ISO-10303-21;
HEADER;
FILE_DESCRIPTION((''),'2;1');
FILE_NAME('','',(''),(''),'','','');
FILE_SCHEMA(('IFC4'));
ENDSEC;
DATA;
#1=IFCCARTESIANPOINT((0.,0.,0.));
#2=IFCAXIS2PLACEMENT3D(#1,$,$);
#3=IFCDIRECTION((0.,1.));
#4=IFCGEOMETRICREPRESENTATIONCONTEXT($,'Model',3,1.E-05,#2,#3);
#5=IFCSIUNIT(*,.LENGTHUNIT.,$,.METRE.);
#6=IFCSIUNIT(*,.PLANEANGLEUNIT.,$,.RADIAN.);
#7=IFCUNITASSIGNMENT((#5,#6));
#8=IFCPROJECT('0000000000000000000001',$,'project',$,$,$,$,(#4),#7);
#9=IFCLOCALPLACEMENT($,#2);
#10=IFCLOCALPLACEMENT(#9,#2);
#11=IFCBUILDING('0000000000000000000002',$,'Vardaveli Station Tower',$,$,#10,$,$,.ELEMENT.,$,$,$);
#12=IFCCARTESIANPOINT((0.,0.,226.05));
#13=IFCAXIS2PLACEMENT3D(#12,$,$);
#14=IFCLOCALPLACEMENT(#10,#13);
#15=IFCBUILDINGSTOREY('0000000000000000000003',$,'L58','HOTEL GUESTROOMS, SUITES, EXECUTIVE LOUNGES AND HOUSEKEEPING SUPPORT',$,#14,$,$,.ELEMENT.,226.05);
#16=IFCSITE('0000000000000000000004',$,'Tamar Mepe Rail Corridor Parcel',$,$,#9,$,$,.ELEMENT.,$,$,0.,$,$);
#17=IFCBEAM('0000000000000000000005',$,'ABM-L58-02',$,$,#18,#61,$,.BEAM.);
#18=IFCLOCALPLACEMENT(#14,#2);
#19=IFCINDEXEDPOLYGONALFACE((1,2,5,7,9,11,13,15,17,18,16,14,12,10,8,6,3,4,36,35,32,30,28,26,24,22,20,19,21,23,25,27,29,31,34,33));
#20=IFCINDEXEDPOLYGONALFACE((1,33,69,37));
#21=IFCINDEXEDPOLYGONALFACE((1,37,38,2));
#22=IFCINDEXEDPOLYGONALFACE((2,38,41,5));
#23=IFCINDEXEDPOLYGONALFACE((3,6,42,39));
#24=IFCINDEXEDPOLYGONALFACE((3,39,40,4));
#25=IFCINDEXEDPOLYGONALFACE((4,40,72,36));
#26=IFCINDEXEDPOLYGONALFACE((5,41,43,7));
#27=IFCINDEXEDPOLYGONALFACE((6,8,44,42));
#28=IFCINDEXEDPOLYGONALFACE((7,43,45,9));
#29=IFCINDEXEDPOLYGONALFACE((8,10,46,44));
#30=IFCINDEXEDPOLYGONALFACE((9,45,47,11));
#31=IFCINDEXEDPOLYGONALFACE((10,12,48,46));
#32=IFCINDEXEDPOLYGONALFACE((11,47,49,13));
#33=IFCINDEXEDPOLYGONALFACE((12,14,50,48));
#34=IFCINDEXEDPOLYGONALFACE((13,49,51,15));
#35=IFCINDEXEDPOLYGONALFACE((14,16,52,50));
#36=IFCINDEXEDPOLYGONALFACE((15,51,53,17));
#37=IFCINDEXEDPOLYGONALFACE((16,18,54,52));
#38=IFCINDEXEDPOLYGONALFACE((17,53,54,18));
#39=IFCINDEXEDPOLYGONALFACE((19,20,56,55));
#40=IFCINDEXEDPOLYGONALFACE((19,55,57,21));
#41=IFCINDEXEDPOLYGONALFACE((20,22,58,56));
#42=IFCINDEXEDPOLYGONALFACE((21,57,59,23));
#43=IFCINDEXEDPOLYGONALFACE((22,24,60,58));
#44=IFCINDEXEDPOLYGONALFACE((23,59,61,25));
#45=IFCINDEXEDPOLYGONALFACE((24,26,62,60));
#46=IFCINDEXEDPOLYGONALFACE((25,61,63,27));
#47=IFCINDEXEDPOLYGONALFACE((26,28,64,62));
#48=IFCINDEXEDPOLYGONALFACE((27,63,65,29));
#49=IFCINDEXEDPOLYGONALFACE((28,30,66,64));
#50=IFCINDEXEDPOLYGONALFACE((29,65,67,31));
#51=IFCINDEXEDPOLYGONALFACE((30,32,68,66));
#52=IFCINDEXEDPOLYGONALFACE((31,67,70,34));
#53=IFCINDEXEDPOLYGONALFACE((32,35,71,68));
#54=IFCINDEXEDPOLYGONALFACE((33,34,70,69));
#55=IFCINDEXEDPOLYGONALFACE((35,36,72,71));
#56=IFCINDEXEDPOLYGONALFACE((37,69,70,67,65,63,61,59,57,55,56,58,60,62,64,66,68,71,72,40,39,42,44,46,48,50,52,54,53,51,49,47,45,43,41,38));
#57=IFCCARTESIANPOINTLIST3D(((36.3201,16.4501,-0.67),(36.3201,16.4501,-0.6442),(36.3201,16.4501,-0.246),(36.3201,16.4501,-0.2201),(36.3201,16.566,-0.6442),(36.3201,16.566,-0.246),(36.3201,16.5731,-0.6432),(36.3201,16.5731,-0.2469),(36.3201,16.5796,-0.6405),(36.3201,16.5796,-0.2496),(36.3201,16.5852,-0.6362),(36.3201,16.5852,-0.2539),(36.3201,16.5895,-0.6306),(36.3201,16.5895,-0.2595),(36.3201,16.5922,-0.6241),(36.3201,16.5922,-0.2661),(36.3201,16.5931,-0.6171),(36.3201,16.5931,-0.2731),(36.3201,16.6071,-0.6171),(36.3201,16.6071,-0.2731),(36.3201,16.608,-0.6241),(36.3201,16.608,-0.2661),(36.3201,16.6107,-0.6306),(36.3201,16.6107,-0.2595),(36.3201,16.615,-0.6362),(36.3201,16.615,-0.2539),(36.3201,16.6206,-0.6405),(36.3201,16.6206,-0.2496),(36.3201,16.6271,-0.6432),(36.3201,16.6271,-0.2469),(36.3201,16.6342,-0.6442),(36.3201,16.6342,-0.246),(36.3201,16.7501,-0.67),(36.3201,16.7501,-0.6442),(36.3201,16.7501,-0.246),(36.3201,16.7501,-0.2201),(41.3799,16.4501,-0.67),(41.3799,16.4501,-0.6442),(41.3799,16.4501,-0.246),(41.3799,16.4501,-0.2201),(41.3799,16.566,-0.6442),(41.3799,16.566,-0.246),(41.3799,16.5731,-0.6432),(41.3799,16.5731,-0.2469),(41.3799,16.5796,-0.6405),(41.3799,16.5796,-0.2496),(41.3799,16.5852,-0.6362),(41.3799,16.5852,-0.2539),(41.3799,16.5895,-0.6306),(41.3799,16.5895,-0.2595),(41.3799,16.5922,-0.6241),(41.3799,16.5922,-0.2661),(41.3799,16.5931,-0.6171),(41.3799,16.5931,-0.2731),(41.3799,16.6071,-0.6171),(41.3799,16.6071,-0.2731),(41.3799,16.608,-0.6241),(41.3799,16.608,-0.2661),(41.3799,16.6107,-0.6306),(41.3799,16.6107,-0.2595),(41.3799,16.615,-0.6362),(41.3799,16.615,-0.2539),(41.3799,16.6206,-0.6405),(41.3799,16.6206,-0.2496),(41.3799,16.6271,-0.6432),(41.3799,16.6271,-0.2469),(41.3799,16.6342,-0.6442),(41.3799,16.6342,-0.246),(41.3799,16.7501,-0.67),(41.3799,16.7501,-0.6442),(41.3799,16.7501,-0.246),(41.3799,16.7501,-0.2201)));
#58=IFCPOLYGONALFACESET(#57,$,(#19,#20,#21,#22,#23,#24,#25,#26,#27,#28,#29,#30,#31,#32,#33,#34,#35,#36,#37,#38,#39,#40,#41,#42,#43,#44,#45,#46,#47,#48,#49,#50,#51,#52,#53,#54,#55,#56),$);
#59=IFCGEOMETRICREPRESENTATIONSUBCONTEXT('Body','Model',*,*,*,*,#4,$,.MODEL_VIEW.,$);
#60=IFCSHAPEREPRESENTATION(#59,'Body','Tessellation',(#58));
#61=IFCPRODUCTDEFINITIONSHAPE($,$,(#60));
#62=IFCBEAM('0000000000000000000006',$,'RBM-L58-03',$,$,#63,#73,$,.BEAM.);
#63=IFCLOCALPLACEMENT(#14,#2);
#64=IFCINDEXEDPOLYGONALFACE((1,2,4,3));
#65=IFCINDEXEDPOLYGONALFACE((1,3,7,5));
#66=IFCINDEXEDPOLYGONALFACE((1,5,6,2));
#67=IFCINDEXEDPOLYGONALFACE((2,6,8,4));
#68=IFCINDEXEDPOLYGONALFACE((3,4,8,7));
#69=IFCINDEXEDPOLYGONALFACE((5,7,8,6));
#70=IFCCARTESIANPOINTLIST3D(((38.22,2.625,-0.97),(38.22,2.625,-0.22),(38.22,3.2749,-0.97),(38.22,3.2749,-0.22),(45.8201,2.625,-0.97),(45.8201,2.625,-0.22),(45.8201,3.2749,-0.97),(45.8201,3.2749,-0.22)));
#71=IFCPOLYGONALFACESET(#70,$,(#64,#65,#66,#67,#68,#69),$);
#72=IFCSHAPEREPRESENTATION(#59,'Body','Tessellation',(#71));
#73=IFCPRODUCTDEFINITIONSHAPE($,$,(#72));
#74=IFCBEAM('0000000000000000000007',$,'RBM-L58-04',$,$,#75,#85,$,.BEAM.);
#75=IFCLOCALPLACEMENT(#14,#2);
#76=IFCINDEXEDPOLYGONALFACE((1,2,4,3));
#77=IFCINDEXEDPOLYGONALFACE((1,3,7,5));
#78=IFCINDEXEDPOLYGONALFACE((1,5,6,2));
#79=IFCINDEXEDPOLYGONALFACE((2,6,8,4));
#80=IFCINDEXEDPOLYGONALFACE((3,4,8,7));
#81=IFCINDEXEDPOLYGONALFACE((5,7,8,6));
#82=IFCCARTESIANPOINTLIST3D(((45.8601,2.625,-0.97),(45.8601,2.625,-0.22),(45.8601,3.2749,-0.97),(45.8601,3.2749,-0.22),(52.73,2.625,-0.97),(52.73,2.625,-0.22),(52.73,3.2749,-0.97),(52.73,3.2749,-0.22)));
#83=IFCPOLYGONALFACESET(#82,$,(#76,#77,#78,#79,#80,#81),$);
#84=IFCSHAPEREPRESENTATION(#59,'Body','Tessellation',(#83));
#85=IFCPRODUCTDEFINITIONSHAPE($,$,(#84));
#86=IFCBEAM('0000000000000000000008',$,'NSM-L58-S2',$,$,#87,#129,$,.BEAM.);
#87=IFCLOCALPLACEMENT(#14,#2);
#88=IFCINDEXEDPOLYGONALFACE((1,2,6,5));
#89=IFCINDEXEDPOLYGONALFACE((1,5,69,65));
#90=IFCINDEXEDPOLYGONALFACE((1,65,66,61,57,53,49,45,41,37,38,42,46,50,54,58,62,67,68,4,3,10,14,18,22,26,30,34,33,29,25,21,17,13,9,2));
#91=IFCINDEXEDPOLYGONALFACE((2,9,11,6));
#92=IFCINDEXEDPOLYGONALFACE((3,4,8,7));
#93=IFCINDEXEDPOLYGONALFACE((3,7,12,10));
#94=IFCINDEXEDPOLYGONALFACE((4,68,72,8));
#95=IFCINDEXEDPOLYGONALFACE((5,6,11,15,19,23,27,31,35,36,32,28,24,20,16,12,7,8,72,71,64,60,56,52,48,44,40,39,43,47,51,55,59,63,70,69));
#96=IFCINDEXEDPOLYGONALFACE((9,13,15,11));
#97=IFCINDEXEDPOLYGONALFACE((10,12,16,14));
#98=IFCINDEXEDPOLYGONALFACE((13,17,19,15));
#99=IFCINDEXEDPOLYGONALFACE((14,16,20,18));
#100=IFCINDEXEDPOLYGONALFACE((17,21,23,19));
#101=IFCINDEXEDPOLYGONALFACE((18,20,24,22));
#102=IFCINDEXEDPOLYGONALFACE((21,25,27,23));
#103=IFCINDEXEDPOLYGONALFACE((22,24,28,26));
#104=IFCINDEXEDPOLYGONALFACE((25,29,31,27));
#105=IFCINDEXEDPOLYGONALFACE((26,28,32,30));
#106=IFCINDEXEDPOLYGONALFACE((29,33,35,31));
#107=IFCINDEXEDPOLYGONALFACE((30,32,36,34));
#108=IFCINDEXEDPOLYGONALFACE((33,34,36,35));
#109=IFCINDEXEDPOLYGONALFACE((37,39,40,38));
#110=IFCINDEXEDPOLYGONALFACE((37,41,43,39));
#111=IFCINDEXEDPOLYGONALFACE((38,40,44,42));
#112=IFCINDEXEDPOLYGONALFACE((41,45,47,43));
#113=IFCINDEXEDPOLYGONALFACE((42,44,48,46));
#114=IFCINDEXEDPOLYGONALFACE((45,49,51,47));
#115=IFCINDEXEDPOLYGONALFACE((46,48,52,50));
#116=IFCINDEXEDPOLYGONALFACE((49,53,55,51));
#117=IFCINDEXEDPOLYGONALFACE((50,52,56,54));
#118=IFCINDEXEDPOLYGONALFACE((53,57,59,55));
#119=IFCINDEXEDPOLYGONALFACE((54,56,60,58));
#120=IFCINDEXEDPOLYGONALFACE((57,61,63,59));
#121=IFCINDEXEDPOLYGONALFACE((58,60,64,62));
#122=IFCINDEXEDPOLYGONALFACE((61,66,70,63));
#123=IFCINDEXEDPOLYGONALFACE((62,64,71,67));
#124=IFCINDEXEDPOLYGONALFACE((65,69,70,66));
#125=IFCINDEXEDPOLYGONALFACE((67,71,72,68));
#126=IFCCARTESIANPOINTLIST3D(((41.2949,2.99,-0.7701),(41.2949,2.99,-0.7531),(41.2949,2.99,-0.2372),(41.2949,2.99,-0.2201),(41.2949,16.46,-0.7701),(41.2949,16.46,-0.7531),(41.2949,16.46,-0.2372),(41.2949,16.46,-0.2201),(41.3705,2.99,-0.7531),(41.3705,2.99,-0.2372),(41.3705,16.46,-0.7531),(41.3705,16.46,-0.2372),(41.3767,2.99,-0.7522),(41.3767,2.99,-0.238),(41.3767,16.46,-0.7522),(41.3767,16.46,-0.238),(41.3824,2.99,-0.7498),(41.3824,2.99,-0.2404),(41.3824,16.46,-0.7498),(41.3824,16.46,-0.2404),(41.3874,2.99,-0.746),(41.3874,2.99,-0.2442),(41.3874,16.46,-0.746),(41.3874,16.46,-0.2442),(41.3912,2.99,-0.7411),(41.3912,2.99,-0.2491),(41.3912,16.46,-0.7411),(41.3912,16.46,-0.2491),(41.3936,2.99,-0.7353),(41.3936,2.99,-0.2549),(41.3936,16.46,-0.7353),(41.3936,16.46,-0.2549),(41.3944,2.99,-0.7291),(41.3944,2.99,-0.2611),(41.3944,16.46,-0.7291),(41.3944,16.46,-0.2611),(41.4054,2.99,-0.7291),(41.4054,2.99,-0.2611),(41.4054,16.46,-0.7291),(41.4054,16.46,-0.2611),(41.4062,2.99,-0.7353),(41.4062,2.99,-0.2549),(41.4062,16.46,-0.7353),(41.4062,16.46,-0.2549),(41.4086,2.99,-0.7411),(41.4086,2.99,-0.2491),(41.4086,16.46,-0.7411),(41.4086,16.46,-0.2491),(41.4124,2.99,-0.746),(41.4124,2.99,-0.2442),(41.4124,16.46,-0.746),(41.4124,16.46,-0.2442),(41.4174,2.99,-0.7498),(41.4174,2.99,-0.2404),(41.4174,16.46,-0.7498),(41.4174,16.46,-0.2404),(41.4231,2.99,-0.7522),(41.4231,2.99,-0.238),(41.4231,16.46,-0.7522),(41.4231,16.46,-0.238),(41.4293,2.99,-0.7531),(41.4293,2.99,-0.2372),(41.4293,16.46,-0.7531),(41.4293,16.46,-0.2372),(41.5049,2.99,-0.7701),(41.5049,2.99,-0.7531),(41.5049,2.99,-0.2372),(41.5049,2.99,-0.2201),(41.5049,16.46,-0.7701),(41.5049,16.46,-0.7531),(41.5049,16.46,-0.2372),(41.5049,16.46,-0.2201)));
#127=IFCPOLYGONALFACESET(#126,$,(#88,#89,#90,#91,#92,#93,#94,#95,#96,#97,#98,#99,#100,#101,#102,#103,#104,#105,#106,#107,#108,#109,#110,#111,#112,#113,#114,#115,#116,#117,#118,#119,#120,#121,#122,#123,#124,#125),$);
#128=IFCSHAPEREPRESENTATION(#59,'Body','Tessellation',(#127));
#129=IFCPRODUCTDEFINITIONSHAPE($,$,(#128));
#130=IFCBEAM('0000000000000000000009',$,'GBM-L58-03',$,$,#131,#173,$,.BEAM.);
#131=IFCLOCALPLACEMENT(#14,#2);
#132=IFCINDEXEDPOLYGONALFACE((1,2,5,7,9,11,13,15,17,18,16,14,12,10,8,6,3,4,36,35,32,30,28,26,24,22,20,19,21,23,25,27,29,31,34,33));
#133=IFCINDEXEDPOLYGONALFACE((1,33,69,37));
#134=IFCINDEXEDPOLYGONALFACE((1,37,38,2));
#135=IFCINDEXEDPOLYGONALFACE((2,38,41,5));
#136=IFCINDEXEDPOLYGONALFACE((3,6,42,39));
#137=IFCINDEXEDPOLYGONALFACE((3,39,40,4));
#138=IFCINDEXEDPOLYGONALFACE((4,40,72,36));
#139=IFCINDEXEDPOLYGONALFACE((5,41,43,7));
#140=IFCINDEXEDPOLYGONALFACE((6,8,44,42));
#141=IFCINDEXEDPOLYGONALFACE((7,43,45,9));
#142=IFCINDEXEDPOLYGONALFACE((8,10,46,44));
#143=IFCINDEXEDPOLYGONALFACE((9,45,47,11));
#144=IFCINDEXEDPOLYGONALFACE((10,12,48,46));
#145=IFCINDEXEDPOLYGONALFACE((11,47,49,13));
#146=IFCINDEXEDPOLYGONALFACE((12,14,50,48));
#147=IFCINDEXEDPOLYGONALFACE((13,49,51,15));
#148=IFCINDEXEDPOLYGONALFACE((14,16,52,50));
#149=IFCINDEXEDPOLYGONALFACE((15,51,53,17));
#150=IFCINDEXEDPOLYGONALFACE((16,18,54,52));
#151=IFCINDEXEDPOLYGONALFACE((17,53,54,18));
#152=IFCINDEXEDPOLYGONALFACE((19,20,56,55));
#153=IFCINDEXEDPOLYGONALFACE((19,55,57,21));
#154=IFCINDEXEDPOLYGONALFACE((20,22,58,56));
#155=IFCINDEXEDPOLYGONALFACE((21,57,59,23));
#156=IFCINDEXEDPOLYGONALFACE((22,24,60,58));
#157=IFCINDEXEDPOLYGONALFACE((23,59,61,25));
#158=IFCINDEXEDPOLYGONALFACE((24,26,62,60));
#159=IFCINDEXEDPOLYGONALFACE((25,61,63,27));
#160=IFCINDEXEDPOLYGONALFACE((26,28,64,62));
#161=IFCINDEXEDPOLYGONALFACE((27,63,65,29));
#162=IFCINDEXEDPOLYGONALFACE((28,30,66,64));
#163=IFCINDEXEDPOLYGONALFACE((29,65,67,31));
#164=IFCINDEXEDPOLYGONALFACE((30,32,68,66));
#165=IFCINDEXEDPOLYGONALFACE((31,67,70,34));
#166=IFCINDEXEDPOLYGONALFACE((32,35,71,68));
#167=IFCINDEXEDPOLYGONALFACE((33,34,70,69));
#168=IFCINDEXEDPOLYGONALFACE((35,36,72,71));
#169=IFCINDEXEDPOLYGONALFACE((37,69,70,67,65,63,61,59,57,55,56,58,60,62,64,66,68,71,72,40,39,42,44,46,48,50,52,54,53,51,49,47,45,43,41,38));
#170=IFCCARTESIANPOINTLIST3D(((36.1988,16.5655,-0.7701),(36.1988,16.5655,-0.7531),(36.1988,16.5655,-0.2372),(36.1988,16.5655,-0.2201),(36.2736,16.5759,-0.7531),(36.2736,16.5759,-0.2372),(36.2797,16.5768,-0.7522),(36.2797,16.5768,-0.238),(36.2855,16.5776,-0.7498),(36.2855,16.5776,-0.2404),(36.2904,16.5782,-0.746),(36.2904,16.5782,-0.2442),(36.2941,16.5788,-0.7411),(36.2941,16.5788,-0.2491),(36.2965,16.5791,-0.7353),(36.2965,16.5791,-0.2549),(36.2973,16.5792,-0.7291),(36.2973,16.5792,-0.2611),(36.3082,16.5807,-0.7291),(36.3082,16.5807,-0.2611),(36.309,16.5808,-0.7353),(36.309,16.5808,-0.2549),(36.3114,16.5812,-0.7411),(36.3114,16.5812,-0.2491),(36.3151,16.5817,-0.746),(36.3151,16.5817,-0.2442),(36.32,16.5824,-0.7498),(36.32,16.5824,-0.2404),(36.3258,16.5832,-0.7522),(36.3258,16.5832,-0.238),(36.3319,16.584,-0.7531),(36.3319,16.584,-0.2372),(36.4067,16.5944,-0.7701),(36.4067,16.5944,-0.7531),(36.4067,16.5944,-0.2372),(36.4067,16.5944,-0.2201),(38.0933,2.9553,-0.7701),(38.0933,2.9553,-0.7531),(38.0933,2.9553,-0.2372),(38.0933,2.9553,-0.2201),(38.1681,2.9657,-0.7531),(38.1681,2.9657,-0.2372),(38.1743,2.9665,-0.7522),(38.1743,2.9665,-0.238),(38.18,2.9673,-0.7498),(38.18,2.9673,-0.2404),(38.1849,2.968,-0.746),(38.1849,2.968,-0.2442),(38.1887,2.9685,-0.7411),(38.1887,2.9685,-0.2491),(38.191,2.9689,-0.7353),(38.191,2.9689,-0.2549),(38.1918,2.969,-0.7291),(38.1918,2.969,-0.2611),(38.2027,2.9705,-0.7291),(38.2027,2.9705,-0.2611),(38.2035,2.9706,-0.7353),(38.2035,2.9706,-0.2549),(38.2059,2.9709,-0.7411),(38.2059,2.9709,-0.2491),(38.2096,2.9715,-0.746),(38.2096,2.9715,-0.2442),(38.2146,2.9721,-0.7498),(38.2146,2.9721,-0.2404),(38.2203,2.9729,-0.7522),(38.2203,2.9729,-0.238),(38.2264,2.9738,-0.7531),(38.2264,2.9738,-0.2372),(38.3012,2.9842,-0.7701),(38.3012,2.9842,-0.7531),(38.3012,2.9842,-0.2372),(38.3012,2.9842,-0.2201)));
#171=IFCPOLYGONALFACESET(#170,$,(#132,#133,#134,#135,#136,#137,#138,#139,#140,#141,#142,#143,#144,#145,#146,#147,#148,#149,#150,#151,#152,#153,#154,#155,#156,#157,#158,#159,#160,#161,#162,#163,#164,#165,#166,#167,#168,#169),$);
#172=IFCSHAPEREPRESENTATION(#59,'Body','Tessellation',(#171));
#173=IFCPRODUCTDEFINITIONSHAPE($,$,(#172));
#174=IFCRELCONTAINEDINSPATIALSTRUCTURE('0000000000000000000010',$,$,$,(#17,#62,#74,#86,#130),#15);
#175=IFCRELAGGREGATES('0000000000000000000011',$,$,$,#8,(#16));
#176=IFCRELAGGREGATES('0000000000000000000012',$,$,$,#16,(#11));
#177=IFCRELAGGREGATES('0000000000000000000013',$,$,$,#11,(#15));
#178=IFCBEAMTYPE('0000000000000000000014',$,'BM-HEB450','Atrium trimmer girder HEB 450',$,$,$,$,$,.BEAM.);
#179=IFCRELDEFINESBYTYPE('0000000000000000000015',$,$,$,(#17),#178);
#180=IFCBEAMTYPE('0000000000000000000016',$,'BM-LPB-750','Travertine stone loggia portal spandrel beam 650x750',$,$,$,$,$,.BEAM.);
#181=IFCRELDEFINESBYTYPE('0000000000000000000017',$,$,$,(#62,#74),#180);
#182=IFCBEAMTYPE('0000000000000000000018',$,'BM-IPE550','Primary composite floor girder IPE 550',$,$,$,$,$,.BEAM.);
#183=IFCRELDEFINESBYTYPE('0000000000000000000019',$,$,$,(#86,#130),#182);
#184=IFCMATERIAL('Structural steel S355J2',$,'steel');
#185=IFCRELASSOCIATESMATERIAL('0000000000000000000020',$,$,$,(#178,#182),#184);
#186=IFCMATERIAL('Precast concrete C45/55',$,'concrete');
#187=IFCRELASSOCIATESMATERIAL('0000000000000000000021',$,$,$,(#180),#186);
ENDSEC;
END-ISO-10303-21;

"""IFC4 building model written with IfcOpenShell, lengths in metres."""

from ifc_helpers import new_model, si_unit, direction, frame, origin, origin_2d, place, context, subcontext, project, spatial, rectangle, i_section, extrude, source, transform, mapped, material, material_profile, profile_set, type_object, element, save


model = new_model("IFC4")

# Units and contexts
model_context = context("Model", 3, precision=1e-05, world=origin(), true_north=direction((0.0, 1.0)))
body_context = subcontext(model_context, "Body", "Model", "MODEL_VIEW")
ifc_project = project(units=[si_unit("LENGTHUNIT", "METRE"), si_unit("PLANEANGLEUNIT", "RADIAN")], contexts=[model_context])

# Site, building, storey
site_placement = place(None, origin())
site = spatial("IfcSite", under=ifc_project, at=site_placement, Name="Tamar Mepe Rail Corridor Parcel", CompositionType="ELEMENT", RefElevation=0.0)
building_placement = place(site_placement, origin())
building = spatial("IfcBuilding", under=site, at=building_placement, Name="Vardaveli Station Tower", CompositionType="ELEMENT")
storey_placement = place(building_placement, frame((0.0, 0.0, 226.05)))
storey = spatial("IfcBuildingStorey", under=building, at=storey_placement, Name="L58", Description="HOTEL GUESTROOMS, SUITES, EXECUTIVE LOUNGES AND HOUSEKEEPING SUPPORT", CompositionType="ELEMENT", Elevation=226.05)

# Beams
ifc_material_1 = material(Name="Structural steel S355J2", Category="steel")
ifc_material_profile_1 = material_profile(ifc_material_1, i_section(OverallWidth=0.3, OverallDepth=0.45, WebThickness=0.0139, FlangeThickness=0.0259, FilletRadius=0.0271, at=origin_2d()), Name="HEB 450")
ifc_profile_set_1 = profile_set([ifc_material_profile_1], Name="Structural steel S355J2")
beam_type_1 = type_object("IfcBeamType", Name="BM-HEB450", Description="Atrium trimmer girder HEB 450", PredefinedType="BEAM", material=ifc_profile_set_1)
shared_shape_1 = source(origin(), body_context, "Body", "SweptSolid", [
    extrude(i_section(OverallWidth=0.3, OverallDepth=0.45, WebThickness=0.0139, FlangeThickness=0.0259, FilletRadius=0.0271, at=origin_2d()), origin(), (0.0, 0.0, 1.0), 5.0598),
])
beam_1_placement = place(storey_placement, frame((36.3201, 16.6001, -0.4451), z_axis=(1.0, 0.0, 0.0), x_axis=(0.0, 1.0, 0.0)))
element("IfcBeam", 1, at=beam_1_placement, inside=storey, type_object=beam_type_1, Name="ABM-L58-02", PredefinedType="BEAM", context=body_context, shape_type="MappedRepresentation", body=[
    mapped(shared_shape_1, transform((0.0, 0.0, 0.0), scale=1.0)),
])
ifc_material_2 = material(Name="Precast concrete C45/55", Category="concrete")
ifc_material_profile_2 = material_profile(ifc_material_2, rectangle(XDim=0.6499, YDim=0.75, at=origin_2d()), Name="LPB 650x750")
ifc_profile_set_2 = profile_set([ifc_material_profile_2], Name="Precast concrete C45/55")
beam_type_2 = type_object("IfcBeamType", Name="BM-LPB-750", Description="Travertine stone loggia portal spandrel beam 650x750", PredefinedType="BEAM", material=ifc_profile_set_2)
shared_shape_2 = source(origin(), body_context, "Body", "SweptSolid", [
    extrude(rectangle(XDim=0.6499, YDim=0.75, at=origin_2d()), origin(), (0.0, 0.0, 1.0), 7.6001),
])
beam_2_placement = place(storey_placement, frame((38.22, 2.95, -0.595), z_axis=(1.0, 0.0, 0.0), x_axis=(0.0, 1.0, 0.0)))
element("IfcBeam", 2, at=beam_2_placement, inside=storey, type_object=beam_type_2, Name="RBM-L58-03", PredefinedType="BEAM", context=body_context, shape_type="MappedRepresentation", body=[
    mapped(shared_shape_2, transform((0.0, 0.0, 0.0), scale=1.0)),
])
shared_shape_3 = source(origin(), body_context, "Body", "SweptSolid", [
    extrude(rectangle(XDim=0.6499, YDim=0.75, at=origin_2d()), origin(), (0.0, 0.0, 1.0), 6.8699),
])
beam_3_placement = place(storey_placement, frame((45.8601, 2.95, -0.595), z_axis=(1.0, 0.0, 0.0), x_axis=(0.0, 1.0, 0.0)))
element("IfcBeam", 3, at=beam_3_placement, inside=storey, type_object=beam_type_2, Name="RBM-L58-04", PredefinedType="BEAM", context=body_context, shape_type="MappedRepresentation", body=[
    mapped(shared_shape_3, transform((0.0, 0.0, 0.0), scale=1.0)),
])
ifc_material_profile_3 = material_profile(ifc_material_1, i_section(OverallWidth=0.21, OverallDepth=0.55, WebThickness=0.011, FlangeThickness=0.0171, FilletRadius=0.0239, at=origin_2d()), Name="IPE 550")
ifc_profile_set_3 = profile_set([ifc_material_profile_3], Name="Structural steel S355J2")
beam_type_3 = type_object("IfcBeamType", Name="BM-IPE550", Description="Primary composite floor girder IPE 550", PredefinedType="BEAM", material=ifc_profile_set_3)
shared_shape_4 = source(origin(), body_context, "Body", "SweptSolid", [
    extrude(i_section(OverallWidth=0.21, OverallDepth=0.55, WebThickness=0.011, FlangeThickness=0.0171, FilletRadius=0.0239, at=origin_2d()), origin(), (0.0, 0.0, 1.0), 13.47),
])
beam_4_placement = place(storey_placement, frame((41.3999, 2.99, -0.4951), z_axis=(0.0, 1.0, 0.0), x_axis=(-1.0, 0.0, 0.0)))
element("IfcBeam", 4, at=beam_4_placement, inside=storey, type_object=beam_type_3, Name="NSM-L58-S2", PredefinedType="BEAM", context=body_context, shape_type="MappedRepresentation", body=[
    mapped(shared_shape_4, transform((0.0, 0.0, 0.0), scale=1.0)),
])
shared_shape_5 = source(origin(), body_context, "Body", "SweptSolid", [
    extrude(i_section(OverallWidth=0.21, OverallDepth=0.55, WebThickness=0.011, FlangeThickness=0.0171, FilletRadius=0.0239, at=origin_2d()), origin(), (0.0, 0.0, 1.0), 13.7415),
])
beam_5_placement = place(storey_placement, frame((38.1973, 2.9697, -0.4951), z_axis=(-0.137869, 0.990451, 0.0), x_axis=(-0.990451, -0.137869, 0.0)))
element("IfcBeam", 5, at=beam_5_placement, inside=storey, type_object=beam_type_3, Name="GBM-L58-03", PredefinedType="BEAM", context=body_context, shape_type="MappedRepresentation", body=[
    mapped(shared_shape_5, transform((0.0, 0.0, 0.0), scale=1.0)),
])

save(model, "model.ifc")
